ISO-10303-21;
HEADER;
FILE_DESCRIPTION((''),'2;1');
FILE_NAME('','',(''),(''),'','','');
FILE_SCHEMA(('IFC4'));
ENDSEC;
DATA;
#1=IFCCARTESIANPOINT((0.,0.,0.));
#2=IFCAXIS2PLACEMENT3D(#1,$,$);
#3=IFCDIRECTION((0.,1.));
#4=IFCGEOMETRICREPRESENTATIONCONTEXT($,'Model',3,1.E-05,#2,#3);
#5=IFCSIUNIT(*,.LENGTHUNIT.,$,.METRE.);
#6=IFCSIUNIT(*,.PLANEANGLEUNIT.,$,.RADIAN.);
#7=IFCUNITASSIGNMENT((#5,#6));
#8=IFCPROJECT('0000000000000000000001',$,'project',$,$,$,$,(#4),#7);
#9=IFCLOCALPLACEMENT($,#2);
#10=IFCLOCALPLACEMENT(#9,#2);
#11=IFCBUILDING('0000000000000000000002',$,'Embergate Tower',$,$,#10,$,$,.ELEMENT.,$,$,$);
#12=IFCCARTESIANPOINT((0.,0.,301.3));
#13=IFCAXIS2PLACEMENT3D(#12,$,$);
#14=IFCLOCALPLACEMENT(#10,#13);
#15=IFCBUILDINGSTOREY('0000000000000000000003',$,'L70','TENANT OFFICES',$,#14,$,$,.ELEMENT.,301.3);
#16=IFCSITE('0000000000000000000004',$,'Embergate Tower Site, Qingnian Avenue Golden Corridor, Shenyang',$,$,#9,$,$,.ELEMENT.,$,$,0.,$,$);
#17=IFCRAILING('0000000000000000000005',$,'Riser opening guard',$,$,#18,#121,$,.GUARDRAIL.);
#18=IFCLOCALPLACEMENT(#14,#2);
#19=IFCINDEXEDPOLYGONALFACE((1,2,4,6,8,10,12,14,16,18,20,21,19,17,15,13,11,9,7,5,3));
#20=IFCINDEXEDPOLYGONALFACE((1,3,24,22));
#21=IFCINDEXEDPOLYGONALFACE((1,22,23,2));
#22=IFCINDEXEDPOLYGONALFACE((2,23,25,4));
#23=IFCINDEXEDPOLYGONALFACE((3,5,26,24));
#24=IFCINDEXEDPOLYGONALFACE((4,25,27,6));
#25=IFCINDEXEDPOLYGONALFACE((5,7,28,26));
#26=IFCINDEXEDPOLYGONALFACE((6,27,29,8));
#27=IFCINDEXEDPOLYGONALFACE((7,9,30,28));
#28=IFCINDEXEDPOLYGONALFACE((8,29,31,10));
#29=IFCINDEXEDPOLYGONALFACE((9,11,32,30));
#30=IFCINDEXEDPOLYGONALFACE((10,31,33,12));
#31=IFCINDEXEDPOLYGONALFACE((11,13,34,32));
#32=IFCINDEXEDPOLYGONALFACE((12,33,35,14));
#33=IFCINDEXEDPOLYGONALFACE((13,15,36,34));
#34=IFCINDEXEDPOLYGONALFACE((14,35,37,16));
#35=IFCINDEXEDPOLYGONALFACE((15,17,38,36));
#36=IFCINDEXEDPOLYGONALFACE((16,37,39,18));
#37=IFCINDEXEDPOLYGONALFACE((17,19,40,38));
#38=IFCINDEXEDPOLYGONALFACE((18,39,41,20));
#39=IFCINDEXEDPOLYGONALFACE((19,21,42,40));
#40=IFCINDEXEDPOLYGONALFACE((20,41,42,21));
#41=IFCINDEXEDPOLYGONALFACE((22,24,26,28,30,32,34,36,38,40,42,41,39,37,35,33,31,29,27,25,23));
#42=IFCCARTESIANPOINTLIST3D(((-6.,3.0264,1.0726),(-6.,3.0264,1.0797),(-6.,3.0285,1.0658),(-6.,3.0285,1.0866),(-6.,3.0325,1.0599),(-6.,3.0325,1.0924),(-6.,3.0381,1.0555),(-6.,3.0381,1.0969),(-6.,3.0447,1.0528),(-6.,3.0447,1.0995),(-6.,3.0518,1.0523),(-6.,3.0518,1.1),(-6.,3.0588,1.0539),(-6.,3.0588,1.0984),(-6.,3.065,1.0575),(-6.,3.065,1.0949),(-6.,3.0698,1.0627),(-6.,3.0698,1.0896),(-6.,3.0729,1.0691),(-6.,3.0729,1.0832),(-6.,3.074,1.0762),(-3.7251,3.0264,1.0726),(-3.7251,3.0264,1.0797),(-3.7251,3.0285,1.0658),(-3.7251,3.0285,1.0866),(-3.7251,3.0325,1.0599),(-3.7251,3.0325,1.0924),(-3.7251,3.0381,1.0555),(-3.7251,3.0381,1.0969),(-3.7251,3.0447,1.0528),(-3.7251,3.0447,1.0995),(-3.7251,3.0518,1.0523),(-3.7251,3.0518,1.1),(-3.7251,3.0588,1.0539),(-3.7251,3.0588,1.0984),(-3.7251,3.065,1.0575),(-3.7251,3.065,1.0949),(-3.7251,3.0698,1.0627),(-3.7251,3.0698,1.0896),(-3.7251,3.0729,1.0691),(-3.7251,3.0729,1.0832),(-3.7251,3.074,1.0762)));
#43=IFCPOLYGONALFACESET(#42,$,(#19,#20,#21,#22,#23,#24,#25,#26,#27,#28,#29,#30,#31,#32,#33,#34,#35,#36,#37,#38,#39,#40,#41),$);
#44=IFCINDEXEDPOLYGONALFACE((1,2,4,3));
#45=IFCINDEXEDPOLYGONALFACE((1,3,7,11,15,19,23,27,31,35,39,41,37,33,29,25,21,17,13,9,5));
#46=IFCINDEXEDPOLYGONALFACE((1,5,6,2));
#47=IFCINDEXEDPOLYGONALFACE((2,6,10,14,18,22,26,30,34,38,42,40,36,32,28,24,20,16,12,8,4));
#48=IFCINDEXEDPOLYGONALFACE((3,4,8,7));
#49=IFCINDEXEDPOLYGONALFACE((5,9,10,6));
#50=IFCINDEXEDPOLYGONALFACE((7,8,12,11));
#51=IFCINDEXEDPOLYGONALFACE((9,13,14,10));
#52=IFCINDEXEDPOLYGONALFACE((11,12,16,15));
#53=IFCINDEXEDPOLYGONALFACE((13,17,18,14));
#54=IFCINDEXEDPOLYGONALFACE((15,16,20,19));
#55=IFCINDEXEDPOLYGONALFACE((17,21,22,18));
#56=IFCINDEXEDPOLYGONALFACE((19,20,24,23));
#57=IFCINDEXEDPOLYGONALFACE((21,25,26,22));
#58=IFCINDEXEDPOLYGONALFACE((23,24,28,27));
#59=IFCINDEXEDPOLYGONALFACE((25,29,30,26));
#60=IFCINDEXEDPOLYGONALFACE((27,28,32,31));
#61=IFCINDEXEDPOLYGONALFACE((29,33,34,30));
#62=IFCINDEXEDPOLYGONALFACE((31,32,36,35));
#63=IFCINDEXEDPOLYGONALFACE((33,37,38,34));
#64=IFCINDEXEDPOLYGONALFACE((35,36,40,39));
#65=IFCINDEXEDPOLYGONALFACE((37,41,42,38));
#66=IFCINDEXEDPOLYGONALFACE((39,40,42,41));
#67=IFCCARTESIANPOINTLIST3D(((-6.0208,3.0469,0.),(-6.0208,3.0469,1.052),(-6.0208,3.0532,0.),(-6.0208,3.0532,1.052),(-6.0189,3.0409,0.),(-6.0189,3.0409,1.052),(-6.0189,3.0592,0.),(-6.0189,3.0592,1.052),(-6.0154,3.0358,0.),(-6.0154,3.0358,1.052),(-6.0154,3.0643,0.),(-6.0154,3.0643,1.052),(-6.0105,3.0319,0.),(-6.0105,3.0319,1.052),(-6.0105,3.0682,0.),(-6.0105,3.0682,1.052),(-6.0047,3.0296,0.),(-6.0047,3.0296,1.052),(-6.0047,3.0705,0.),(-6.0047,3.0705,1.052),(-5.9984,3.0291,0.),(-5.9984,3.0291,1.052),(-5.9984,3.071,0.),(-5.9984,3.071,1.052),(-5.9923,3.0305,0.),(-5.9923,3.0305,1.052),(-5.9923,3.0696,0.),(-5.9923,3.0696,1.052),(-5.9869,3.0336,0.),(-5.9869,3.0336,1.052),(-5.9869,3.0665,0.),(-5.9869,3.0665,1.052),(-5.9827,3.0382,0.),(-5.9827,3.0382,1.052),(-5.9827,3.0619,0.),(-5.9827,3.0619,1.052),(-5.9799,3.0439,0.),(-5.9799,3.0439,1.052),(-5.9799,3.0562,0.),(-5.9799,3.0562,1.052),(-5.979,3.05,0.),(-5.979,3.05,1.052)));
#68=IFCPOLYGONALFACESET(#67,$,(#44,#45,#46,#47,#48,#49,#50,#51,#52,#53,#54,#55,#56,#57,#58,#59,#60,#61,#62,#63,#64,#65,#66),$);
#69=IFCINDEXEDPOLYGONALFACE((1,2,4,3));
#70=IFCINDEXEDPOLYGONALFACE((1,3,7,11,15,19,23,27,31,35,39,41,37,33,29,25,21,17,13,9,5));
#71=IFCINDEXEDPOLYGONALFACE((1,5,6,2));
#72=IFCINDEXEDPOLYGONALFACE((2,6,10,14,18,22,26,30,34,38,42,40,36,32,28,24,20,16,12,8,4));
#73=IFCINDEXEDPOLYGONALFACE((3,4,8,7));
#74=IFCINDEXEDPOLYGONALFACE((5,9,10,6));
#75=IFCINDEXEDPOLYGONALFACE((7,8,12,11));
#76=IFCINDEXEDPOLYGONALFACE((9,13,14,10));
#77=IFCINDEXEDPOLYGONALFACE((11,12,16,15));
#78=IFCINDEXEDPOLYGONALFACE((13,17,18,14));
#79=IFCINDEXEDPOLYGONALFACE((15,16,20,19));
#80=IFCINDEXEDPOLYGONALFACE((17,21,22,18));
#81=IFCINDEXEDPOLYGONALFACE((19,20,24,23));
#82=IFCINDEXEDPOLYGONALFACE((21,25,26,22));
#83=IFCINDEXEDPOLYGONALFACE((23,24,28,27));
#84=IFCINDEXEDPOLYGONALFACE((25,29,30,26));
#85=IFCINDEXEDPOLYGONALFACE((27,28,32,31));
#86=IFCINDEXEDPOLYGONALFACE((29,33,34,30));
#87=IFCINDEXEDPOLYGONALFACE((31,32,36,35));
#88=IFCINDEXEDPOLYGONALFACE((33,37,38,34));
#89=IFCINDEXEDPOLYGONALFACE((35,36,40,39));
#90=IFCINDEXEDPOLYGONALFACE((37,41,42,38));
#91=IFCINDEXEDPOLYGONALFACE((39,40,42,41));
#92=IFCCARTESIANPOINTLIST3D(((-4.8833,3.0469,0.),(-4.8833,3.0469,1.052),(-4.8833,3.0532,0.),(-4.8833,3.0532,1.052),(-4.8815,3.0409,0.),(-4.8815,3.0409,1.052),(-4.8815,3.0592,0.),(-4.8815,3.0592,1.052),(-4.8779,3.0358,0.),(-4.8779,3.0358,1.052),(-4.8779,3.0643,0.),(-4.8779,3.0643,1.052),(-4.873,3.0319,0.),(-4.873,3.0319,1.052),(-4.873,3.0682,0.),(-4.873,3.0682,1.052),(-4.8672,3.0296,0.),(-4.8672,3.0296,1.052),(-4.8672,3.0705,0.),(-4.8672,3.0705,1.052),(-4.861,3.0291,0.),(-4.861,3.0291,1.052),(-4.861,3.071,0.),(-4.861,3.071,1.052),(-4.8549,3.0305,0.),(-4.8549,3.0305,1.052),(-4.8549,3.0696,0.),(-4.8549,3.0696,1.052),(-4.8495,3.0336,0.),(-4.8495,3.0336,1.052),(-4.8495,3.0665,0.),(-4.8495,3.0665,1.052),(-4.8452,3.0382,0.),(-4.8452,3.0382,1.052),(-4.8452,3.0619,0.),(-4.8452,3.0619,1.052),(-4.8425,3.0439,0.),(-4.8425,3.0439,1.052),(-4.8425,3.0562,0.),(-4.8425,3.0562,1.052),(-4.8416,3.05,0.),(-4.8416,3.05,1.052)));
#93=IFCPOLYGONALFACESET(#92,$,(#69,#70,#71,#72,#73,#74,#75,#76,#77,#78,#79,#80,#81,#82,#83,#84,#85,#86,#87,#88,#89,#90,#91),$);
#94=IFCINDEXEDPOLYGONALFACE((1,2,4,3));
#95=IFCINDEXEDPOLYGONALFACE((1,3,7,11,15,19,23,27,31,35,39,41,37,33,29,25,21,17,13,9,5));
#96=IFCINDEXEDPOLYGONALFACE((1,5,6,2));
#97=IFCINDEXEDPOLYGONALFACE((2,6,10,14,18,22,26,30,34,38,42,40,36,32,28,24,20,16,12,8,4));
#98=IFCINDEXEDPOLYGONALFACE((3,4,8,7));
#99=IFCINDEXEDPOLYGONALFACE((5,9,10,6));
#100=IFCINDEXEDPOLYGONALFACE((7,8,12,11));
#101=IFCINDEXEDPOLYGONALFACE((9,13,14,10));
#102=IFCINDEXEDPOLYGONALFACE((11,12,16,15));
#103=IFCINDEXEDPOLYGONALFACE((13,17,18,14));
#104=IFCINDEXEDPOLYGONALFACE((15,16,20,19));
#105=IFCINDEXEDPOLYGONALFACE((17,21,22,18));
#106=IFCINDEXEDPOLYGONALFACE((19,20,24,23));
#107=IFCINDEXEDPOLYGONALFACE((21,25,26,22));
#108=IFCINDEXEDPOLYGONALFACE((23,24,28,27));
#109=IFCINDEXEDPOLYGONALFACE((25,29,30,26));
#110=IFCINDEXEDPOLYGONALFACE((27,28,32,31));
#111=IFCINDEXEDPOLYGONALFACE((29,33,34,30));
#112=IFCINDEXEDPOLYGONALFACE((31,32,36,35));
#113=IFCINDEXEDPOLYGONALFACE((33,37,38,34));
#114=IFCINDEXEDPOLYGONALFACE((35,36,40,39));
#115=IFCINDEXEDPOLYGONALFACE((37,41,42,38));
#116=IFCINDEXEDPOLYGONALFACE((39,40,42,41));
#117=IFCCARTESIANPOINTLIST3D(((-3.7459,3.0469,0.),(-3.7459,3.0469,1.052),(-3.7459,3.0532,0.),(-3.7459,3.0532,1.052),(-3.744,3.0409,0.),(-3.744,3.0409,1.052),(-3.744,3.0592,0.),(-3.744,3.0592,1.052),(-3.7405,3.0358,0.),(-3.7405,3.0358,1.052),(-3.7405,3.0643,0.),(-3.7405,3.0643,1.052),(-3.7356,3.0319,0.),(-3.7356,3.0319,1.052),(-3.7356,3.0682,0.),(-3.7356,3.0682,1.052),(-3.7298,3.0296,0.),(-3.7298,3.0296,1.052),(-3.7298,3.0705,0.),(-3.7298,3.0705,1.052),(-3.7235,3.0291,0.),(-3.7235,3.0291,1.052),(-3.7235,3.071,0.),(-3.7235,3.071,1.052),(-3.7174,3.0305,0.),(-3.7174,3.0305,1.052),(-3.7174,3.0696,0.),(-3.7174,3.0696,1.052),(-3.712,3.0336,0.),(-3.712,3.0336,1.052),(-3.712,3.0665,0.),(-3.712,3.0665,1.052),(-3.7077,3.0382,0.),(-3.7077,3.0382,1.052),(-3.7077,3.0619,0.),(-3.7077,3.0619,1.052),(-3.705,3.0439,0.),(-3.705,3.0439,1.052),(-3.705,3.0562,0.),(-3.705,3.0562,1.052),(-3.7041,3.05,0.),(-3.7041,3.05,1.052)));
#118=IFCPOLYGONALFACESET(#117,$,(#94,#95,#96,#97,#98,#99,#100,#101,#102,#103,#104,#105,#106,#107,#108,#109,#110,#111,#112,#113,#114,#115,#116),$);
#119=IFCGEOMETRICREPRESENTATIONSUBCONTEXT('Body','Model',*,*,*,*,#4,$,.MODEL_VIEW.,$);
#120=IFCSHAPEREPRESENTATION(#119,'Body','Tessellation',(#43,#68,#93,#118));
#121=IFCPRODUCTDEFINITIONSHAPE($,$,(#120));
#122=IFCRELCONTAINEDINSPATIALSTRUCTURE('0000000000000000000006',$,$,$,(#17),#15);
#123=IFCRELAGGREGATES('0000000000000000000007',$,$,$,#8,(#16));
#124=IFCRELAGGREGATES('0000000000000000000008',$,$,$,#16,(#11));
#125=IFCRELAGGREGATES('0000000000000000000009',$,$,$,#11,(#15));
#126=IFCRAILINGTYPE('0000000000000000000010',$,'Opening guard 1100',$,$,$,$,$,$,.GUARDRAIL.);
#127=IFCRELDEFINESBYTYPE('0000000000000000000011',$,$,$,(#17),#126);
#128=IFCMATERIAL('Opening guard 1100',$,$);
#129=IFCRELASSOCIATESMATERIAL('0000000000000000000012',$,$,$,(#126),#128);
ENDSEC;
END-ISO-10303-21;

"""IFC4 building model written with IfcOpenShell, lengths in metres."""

from ifc_helpers import new_model, si_unit, direction, frame, origin, origin_2d, place, context, subcontext, project, spatial, circle, extrude, source, transform, mapped, material, type_object, element, save


model = new_model("IFC4")

# Units and contexts
model_context = context("Model", 3, precision=1e-05, world=origin(), true_north=direction((0.0, 1.0)))
body_context = subcontext(model_context, "Body", "Model", "MODEL_VIEW")
ifc_project = project(units=[si_unit("LENGTHUNIT", "METRE"), si_unit("PLANEANGLEUNIT", "RADIAN")], contexts=[model_context])

# Site, building, storey
site_placement = place(None, origin())
site = spatial("IfcSite", under=ifc_project, at=site_placement, Name="Embergate Tower Site, Qingnian Avenue Golden Corridor, Shenyang", CompositionType="ELEMENT", RefElevation=0.0)
building_placement = place(site_placement, origin())
building = spatial("IfcBuilding", under=site, at=building_placement, Name="Embergate Tower", CompositionType="ELEMENT")
storey_placement = place(building_placement, frame((0.0, 0.0, 301.3)))
storey = spatial("IfcBuildingStorey", under=building, at=storey_placement, Name="L70", Description="TENANT OFFICES", CompositionType="ELEMENT", Elevation=301.3)

# Railing
ifc_material_1 = material(Name="Opening guard 1100")
railing_type = type_object("IfcRailingType", Name="Opening guard 1100", PredefinedType="GUARDRAIL", material=ifc_material_1)
shared_shape_1 = source(origin(), body_context, "Body", "SweptSolid", [
    extrude(circle(Radius=0.0239, at=origin_2d()), frame((0.0, 0.0, 1.0762), z_axis=(1.0, 0.0, 0.0), x_axis=(0.0, 1.0, 0.0)), (0.0, 0.0, 1.0), 2.2749),
    extrude(circle(Radius=0.021, at=origin_2d()), origin(), (0.0, 0.0, 1.0), 1.052),
    extrude(circle(Radius=0.021, at=origin_2d()), frame((1.1375, 0.0, 0.0)), (0.0, 0.0, 1.0), 1.052),
    extrude(circle(Radius=0.021, at=origin_2d()), frame((2.2749, 0.0, 0.0)), (0.0, 0.0, 1.0), 1.052),
])
railing_1_placement = place(storey_placement, frame((-6.0, 3.05, 0.0)))
element("IfcRailing", 1, at=railing_1_placement, inside=storey, type_object=railing_type, Name="Riser opening guard", PredefinedType="GUARDRAIL", context=body_context, shape_type="MappedRepresentation", body=[
    mapped(shared_shape_1, transform((0.0, 0.0, 0.0))),
])

save(model, "model.ifc")
